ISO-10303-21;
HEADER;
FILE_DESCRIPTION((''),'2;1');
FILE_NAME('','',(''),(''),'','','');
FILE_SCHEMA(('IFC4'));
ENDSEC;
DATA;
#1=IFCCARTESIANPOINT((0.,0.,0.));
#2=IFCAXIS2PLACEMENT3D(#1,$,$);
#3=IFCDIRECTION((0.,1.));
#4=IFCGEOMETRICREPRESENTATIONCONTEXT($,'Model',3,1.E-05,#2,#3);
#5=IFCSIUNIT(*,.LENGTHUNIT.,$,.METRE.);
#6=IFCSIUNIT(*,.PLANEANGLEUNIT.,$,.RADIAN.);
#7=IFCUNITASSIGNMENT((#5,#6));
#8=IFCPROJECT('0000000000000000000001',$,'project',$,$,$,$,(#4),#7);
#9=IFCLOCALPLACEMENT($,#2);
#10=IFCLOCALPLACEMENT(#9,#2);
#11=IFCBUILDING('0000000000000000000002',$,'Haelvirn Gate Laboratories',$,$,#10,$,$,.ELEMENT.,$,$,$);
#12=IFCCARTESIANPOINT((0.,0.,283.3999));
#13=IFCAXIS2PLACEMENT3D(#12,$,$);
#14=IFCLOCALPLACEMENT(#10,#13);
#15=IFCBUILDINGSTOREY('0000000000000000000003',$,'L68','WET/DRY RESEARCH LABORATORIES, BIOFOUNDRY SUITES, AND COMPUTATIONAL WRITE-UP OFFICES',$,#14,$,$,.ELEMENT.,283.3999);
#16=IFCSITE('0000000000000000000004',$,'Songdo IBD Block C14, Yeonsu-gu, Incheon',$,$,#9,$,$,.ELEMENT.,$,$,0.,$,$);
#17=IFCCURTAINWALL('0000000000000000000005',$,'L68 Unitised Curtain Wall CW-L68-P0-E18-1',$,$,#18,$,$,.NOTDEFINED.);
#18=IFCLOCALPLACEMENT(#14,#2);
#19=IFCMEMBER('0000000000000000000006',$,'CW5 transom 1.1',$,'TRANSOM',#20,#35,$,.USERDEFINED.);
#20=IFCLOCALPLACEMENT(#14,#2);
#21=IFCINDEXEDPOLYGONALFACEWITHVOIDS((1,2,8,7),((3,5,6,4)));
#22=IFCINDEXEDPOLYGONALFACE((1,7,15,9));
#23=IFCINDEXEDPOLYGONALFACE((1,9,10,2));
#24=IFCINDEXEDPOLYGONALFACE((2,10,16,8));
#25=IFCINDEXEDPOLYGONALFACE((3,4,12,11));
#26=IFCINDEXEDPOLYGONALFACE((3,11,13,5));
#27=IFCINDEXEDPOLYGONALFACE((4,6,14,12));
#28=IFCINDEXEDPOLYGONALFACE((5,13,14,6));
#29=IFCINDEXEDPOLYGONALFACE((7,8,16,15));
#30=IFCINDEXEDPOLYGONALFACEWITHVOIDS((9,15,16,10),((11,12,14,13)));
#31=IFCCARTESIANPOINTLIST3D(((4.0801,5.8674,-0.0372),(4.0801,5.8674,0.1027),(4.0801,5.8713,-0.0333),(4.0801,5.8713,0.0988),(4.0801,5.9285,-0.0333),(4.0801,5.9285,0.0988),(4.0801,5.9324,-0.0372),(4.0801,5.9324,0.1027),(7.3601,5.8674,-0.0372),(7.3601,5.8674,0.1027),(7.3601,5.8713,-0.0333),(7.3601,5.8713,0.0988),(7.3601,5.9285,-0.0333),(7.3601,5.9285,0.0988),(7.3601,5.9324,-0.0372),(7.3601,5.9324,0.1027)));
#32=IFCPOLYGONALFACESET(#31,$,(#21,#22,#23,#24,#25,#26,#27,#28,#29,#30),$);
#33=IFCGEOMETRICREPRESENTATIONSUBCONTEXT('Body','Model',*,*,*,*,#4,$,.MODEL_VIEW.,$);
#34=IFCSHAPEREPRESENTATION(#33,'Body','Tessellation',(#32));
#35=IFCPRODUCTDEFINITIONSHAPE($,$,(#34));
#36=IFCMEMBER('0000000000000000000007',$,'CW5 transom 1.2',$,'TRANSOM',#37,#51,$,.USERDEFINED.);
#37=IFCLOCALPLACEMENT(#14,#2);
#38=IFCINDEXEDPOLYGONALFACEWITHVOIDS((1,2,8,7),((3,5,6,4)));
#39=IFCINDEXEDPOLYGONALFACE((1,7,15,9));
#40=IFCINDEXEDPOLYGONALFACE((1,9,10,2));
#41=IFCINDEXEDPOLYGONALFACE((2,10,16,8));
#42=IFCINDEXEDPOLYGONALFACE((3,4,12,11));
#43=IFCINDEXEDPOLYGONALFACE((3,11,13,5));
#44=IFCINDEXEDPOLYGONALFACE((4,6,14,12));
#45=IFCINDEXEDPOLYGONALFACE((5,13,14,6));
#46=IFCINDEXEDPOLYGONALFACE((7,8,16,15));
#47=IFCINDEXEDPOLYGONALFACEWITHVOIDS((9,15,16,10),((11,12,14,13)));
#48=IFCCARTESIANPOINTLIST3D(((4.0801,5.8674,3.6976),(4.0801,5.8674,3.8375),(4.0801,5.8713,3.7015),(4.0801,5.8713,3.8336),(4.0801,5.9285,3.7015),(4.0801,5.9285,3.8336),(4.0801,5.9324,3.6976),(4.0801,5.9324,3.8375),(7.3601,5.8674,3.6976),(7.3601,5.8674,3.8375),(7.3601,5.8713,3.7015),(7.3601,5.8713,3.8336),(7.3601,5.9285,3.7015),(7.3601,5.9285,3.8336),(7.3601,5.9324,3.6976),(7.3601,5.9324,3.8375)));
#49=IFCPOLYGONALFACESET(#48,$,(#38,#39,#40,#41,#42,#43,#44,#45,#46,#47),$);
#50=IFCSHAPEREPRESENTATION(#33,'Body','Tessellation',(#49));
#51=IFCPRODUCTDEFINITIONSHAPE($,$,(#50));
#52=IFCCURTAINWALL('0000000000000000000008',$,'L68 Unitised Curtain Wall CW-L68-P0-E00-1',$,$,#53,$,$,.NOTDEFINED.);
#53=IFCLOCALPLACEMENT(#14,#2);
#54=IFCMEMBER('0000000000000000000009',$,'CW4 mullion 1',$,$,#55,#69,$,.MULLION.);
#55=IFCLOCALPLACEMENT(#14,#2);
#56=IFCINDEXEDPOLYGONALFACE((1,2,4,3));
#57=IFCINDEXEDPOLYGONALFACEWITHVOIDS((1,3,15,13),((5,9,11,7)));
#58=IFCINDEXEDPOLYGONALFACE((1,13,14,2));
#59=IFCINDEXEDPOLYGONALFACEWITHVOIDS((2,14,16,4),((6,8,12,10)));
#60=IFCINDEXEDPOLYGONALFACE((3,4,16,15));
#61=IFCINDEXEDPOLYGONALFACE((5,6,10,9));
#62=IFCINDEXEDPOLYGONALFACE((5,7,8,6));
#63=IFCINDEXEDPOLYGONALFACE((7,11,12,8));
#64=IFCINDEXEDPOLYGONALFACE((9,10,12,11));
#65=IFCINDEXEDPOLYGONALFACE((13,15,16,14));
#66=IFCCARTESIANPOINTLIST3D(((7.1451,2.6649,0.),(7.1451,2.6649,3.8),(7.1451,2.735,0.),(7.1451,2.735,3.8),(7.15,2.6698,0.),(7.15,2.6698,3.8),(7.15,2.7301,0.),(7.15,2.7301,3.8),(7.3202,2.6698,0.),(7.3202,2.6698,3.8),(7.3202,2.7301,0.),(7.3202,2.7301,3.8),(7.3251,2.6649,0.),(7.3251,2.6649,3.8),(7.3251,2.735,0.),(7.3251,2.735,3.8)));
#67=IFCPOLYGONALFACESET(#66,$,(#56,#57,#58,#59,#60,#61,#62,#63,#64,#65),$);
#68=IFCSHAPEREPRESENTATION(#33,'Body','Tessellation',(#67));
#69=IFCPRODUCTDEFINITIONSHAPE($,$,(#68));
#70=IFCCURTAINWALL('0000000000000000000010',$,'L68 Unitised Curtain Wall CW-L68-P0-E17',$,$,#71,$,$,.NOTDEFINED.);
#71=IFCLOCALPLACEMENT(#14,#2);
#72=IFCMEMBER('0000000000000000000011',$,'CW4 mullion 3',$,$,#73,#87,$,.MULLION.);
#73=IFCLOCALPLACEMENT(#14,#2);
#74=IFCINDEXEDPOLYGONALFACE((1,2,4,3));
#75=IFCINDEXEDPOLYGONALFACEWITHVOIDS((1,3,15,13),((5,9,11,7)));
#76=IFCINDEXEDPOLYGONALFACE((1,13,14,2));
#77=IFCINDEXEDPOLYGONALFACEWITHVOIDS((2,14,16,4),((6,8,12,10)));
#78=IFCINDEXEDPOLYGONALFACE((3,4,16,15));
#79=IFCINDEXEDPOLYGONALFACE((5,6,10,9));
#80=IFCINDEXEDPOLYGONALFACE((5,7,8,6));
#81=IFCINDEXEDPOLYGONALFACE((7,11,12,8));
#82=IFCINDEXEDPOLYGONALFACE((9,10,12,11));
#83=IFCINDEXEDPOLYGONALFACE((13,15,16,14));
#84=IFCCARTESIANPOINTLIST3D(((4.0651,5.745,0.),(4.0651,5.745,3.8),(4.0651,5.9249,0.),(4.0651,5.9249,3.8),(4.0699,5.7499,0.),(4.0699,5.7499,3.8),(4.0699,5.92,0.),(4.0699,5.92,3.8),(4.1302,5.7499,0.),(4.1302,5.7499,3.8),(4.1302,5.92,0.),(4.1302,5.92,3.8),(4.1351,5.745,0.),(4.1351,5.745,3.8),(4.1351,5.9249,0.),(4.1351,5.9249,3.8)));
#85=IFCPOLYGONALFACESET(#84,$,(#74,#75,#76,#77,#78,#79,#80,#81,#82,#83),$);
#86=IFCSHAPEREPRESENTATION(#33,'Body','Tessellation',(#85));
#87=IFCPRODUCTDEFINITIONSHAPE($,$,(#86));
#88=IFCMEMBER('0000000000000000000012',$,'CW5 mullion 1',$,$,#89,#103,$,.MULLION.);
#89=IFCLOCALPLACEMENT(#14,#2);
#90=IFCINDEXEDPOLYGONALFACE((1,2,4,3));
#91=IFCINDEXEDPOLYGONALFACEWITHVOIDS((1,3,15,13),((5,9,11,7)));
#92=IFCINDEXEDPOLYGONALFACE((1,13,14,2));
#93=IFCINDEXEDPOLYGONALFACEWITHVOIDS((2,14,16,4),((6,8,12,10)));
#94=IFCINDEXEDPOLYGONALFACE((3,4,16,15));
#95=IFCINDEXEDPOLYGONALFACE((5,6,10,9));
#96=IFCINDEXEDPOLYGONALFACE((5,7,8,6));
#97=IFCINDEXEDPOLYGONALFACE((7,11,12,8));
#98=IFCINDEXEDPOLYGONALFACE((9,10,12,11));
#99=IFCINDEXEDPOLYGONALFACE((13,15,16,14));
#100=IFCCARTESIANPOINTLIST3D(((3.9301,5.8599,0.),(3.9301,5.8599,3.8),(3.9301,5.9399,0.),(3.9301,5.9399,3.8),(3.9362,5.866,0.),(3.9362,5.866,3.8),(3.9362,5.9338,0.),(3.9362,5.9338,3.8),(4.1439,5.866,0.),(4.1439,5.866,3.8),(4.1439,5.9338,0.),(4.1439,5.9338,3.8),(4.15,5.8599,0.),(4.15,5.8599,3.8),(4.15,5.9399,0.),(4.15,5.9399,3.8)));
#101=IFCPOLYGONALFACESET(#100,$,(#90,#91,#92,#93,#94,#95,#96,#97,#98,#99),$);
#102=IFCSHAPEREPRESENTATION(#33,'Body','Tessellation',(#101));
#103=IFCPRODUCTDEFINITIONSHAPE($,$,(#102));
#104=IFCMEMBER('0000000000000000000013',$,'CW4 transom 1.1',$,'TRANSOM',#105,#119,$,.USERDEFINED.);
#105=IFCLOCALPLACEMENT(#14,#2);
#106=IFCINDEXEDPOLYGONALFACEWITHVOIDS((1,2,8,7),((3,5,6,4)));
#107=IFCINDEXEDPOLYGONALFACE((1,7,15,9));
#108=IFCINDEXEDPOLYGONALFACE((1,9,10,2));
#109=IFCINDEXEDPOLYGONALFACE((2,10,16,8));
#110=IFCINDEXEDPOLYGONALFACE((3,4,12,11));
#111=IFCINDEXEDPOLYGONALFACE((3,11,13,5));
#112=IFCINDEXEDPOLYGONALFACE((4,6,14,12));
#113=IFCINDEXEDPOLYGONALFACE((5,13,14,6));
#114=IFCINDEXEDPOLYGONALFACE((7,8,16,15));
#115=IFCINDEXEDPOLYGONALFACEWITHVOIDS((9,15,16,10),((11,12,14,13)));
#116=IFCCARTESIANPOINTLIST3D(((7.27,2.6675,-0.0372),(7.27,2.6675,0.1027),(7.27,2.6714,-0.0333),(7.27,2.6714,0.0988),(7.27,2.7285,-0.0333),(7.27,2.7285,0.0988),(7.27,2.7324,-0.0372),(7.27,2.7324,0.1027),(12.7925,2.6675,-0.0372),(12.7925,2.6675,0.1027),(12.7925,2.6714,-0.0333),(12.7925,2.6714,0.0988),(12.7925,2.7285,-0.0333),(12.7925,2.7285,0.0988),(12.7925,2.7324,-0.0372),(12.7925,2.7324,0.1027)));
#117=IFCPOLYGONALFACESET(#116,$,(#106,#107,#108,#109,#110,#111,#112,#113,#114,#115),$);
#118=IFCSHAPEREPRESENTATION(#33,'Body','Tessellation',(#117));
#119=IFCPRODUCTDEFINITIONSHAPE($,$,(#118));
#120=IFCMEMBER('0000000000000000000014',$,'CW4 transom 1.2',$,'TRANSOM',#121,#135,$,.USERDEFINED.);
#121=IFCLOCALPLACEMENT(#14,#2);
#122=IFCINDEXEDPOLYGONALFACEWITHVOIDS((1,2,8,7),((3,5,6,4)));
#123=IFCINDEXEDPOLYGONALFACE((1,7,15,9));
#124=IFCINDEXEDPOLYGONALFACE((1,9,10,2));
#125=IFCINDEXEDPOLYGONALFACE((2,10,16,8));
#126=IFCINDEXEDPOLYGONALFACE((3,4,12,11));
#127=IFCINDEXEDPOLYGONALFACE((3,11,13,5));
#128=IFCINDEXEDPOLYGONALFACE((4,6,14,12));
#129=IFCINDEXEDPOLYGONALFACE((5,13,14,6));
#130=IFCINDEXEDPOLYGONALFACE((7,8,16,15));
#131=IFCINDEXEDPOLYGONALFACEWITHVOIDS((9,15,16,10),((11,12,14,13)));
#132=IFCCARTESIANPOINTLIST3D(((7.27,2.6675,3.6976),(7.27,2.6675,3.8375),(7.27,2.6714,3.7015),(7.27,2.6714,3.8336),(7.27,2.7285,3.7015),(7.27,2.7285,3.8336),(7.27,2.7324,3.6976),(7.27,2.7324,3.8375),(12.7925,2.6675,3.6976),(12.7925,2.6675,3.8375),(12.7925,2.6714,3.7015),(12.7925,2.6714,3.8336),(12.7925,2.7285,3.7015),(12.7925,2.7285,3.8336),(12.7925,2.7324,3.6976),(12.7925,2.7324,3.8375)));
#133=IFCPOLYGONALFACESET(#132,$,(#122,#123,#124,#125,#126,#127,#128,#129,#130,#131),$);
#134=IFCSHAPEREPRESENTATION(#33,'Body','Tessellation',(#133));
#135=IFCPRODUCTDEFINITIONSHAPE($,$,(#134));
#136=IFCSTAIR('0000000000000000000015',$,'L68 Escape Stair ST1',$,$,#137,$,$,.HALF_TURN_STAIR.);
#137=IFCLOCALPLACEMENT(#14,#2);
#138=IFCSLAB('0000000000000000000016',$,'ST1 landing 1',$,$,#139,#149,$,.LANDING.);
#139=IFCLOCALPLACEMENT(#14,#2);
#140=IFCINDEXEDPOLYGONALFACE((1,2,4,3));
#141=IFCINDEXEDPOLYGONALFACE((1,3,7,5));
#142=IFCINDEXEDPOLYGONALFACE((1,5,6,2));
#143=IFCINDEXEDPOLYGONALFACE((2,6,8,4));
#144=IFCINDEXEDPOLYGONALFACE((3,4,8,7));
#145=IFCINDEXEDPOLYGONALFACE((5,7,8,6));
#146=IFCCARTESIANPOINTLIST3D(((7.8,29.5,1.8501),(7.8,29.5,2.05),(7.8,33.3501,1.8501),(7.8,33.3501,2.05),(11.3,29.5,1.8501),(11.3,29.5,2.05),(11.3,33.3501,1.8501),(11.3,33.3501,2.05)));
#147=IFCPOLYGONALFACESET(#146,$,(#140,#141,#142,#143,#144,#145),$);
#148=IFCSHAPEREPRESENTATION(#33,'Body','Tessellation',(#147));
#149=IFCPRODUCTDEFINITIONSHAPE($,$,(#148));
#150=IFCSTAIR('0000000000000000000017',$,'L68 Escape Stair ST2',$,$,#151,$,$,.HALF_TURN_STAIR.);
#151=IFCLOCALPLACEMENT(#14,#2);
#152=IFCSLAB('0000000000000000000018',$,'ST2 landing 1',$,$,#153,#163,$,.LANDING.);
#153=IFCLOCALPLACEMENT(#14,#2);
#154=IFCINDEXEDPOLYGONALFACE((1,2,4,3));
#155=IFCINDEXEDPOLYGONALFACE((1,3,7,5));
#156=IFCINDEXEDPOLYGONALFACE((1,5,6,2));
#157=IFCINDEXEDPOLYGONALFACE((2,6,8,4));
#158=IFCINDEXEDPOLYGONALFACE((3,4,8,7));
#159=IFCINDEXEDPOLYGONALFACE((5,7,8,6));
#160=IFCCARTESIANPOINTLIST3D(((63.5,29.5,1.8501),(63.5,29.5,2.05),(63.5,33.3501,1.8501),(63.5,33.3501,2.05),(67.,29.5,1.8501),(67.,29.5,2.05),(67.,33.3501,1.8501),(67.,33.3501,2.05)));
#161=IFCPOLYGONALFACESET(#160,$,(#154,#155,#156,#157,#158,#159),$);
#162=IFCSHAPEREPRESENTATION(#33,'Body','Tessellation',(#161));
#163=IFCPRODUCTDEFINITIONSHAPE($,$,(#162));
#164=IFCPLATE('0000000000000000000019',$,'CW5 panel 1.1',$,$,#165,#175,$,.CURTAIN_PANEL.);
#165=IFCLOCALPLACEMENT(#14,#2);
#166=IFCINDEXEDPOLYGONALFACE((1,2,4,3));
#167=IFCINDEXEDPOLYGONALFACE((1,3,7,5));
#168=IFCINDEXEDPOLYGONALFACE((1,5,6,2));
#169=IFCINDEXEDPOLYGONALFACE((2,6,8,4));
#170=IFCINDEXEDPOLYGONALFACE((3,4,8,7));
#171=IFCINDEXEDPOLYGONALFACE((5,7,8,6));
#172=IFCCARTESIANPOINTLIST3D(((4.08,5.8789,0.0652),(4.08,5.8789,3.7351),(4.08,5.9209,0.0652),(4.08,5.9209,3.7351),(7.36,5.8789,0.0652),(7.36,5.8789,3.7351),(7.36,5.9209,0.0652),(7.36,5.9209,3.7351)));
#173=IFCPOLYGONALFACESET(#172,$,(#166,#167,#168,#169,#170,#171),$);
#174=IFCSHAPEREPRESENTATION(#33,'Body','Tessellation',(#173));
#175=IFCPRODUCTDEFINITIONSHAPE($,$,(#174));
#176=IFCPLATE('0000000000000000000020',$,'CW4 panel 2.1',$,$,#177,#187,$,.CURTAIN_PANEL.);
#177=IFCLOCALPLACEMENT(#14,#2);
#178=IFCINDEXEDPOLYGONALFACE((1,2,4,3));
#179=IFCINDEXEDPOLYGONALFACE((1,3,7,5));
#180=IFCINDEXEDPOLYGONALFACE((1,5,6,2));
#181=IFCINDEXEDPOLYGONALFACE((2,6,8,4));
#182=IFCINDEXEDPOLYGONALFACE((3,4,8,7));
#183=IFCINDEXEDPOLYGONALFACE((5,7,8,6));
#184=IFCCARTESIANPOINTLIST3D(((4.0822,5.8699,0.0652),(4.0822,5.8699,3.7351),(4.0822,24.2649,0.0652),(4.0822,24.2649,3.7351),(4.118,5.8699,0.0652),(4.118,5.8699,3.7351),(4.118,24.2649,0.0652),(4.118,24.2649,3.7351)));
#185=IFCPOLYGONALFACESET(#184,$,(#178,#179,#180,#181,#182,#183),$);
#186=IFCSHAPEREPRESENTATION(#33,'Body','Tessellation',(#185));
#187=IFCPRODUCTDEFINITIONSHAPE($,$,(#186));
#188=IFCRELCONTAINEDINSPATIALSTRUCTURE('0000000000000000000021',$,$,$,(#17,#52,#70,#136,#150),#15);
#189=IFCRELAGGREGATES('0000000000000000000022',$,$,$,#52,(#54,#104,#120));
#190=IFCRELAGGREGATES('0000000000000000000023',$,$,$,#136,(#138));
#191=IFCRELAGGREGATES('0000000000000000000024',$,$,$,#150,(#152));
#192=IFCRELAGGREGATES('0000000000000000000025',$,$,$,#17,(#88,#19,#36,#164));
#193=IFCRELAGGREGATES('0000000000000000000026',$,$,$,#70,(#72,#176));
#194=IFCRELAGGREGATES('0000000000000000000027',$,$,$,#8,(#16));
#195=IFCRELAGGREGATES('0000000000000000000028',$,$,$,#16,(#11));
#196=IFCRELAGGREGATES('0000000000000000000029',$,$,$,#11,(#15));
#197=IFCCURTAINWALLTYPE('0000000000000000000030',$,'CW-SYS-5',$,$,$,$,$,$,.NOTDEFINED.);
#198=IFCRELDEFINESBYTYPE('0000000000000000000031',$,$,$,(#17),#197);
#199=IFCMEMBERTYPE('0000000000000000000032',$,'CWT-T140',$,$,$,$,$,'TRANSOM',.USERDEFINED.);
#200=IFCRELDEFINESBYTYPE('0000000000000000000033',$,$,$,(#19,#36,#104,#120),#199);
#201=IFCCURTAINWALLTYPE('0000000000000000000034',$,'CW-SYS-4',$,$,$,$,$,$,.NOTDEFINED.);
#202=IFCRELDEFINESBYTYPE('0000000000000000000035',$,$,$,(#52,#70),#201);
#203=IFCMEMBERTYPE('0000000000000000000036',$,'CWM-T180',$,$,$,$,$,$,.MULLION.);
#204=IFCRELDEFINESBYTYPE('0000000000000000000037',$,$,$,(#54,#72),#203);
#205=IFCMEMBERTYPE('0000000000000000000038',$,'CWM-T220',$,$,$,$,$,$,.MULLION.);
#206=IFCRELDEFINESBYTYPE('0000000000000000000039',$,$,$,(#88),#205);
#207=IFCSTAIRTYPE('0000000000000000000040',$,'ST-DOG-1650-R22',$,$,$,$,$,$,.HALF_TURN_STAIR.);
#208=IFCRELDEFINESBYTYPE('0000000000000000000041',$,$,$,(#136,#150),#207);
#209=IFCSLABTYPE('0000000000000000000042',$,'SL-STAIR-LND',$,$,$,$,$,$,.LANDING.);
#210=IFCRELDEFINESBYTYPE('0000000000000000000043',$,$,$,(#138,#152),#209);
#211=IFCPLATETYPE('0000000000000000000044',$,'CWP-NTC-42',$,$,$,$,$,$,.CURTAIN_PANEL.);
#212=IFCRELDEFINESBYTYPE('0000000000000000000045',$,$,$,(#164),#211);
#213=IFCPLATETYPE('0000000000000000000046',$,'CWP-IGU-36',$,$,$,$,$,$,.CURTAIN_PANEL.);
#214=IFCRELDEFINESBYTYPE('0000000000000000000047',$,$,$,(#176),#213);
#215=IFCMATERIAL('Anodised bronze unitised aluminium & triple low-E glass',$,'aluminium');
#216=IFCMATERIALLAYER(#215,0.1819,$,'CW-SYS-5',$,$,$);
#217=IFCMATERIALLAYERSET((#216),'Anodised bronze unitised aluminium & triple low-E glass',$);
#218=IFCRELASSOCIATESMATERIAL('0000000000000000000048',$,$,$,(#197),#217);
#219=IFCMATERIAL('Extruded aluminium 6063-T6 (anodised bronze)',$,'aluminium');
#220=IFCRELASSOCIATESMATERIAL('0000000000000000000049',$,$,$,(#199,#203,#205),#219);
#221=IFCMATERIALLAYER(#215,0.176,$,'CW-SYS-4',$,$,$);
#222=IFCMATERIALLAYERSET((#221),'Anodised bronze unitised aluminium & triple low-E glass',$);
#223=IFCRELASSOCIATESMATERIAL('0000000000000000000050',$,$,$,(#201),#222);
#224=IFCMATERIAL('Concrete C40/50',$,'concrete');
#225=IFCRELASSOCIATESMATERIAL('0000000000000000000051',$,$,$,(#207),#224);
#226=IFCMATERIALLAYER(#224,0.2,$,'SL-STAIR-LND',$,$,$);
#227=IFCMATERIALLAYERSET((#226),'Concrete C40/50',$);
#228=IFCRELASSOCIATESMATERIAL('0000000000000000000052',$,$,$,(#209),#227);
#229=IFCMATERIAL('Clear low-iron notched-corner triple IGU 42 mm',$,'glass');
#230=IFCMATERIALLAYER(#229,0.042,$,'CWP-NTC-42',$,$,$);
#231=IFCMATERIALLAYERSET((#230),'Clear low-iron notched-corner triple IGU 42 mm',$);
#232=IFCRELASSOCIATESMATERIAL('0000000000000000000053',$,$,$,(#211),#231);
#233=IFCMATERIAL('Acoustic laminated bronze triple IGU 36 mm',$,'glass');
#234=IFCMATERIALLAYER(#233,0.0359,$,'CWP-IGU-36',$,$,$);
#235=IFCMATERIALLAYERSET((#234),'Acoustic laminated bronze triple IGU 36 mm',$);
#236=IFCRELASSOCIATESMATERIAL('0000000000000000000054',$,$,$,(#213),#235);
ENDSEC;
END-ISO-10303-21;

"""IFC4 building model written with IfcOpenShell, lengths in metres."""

from ifc_helpers import new_model, si_unit, direction, frame, origin, origin_2d, place, context, subcontext, project, spatial, polyline, rectangle, hollow_rectangle, outline, extrude, source, transform, mapped, material, layer, layer_set, material_profile, profile_set, type_object, type_shapes, element, aggregate, save


model = new_model("IFC4")

# Units and contexts
model_context = context("Model", 3, precision=1e-05, world=origin(), true_north=direction((0.0, 1.0)))
body_context = subcontext(model_context, "Body", "Model", "MODEL_VIEW")
ifc_project = project(units=[si_unit("LENGTHUNIT", "METRE"), si_unit("PLANEANGLEUNIT", "RADIAN")], contexts=[model_context])

# Site, building, storey
site_placement = place(None, origin())
site = spatial("IfcSite", under=ifc_project, at=site_placement, Name="Songdo IBD Block C14, Yeonsu-gu, Incheon", CompositionType="ELEMENT", RefElevation=0.0)
building_placement = place(site_placement, origin())
building = spatial("IfcBuilding", under=site, at=building_placement, Name="Haelvirn Gate Laboratories", CompositionType="ELEMENT")
storey_placement = place(building_placement, frame((0.0, 0.0, 283.3999)))
storey = spatial("IfcBuildingStorey", under=building, at=storey_placement, Name="L68", Description="WET/DRY RESEARCH LABORATORIES, BIOFOUNDRY SUITES, AND COMPUTATIONAL WRITE-UP OFFICES", CompositionType="ELEMENT", Elevation=283.3999)

# Curtain wall, members
ifc_material_1 = material(Name="Anodised bronze unitised aluminium & triple low-E glass", Category="aluminium")
ifc_layer_1 = layer(ifc_material_1, 0.1819, Name="CW-SYS-5")
ifc_layer_set_1 = layer_set([ifc_layer_1], Name="Anodised bronze unitised aluminium & triple low-E glass")
curtain_wall_type_1 = type_object("IfcCurtainWallType", Name="CW-SYS-5", PredefinedType="NOTDEFINED", material=ifc_layer_set_1)
curtain_wall_1_placement = place(storey_placement, origin())
curtain_wall_1 = element("IfcCurtainWall", 1, at=curtain_wall_1_placement, inside=storey, type_object=curtain_wall_type_1, Name="L68 Unitised Curtain Wall CW-L68-P0-E18-1", PredefinedType="NOTDEFINED")
ifc_material_2 = material(Name="Extruded aluminium 6063-T6 (anodised bronze)", Category="aluminium")
ifc_material_profile_1 = material_profile(ifc_material_2, hollow_rectangle(XDim=0.0649, YDim=0.1399, WallThickness=0.0039, at=origin_2d()), Name="CWT-140x65x4")
ifc_profile_set_1 = profile_set([ifc_material_profile_1], Name="Extruded aluminium 6063-T6 (anodised bronze)")
member_type_1 = type_object("IfcMemberType", Name="CWT-T140", ElementType="TRANSOM", PredefinedType="USERDEFINED", material=ifc_profile_set_1)
shared_shape_1 = source(origin(), body_context, "Body", "SweptSolid", [
    extrude(hollow_rectangle(XDim=0.0649, YDim=0.1399, WallThickness=0.0039, at=origin_2d()), origin(), (0.0, 0.0, 1.0), 3.28),
])
member_1_placement = place(storey_placement, frame((4.0801, 5.8999, 0.0327), z_axis=(1.0, 0.0, 0.0), x_axis=(0.0, 1.0, 0.0)))
member_1 = element("IfcMember", 2, at=member_1_placement, type_object=member_type_1, Name="CW5 transom 1.1", ObjectType="TRANSOM", PredefinedType="USERDEFINED", context=body_context, shape_type="MappedRepresentation", body=[
    mapped(shared_shape_1, transform((0.0, 0.0, 0.0), scale=1.0)),
])
member_2_placement = place(storey_placement, frame((4.0801, 5.8999, 3.7676), z_axis=(1.0, 0.0, 0.0), x_axis=(0.0, 1.0, 0.0)))
member_2 = element("IfcMember", 3, at=member_2_placement, type_object=member_type_1, Name="CW5 transom 1.2", ObjectType="TRANSOM", PredefinedType="USERDEFINED", context=body_context, shape_type="MappedRepresentation", body=[
    mapped(shared_shape_1, transform((0.0, 0.0, 0.0), scale=1.0)),
])

# Curtain walls, members
ifc_layer_2 = layer(ifc_material_1, 0.176, Name="CW-SYS-4")
ifc_layer_set_2 = layer_set([ifc_layer_2], Name="Anodised bronze unitised aluminium & triple low-E glass")
curtain_wall_type_2 = type_object("IfcCurtainWallType", Name="CW-SYS-4", PredefinedType="NOTDEFINED", material=ifc_layer_set_2)
curtain_wall_2_placement = place(storey_placement, origin())
curtain_wall_2 = element("IfcCurtainWall", 4, at=curtain_wall_2_placement, inside=storey, type_object=curtain_wall_type_2, Name="L68 Unitised Curtain Wall CW-L68-P0-E00-1", PredefinedType="NOTDEFINED")
ifc_material_profile_2 = material_profile(ifc_material_2, hollow_rectangle(XDim=0.0701, YDim=0.1799, WallThickness=0.0049, at=origin_2d()), Name="CWM-180x70x5")
ifc_profile_set_2 = profile_set([ifc_material_profile_2], Name="Extruded aluminium 6063-T6 (anodised bronze)")
member_type_2 = type_object("IfcMemberType", Name="CWM-T180", PredefinedType="MULLION", material=ifc_profile_set_2)
shared_shape_2 = source(origin(), body_context, "Body", "SweptSolid", [
    extrude(hollow_rectangle(XDim=0.0701, YDim=0.1799, WallThickness=0.0049, at=origin_2d()), origin(), (0.0, 0.0, 1.0), 3.8),
])
type_shapes(member_type_2, [shared_shape_2])
member_3_placement = place(storey_placement, frame((7.2351, 2.7, 0.0), z_axis=(0.0, 0.0, 1.0), x_axis=(0.0, 1.0, 0.0)))
member_3 = element("IfcMember", 5, at=member_3_placement, type_object=member_type_2, Name="CW4 mullion 1", PredefinedType="MULLION", context=body_context, shape_type="MappedRepresentation", body=[
    mapped(shared_shape_2, transform((0.0, 0.0, 0.0), scale=1.0)),
])
curtain_wall_3_placement = place(storey_placement, origin())
curtain_wall_3 = element("IfcCurtainWall", 6, at=curtain_wall_3_placement, inside=storey, type_object=curtain_wall_type_2, Name="L68 Unitised Curtain Wall CW-L68-P0-E17", PredefinedType="NOTDEFINED")
member_4_placement = place(storey_placement, frame((4.1001, 5.835, 0.0), z_axis=(0.0, 0.0, 1.0), x_axis=(1.0, 0.0, 0.0)))
member_4 = element("IfcMember", 7, at=member_4_placement, type_object=member_type_2, Name="CW4 mullion 3", PredefinedType="MULLION", context=body_context, shape_type="MappedRepresentation", body=[
    mapped(shared_shape_2, transform((0.0, 0.0, 0.0), scale=1.0)),
])

# Members
ifc_material_profile_3 = material_profile(ifc_material_2, hollow_rectangle(XDim=0.0801, YDim=0.22, WallThickness=0.0061, at=origin_2d()), Name="CWM-220x80x6")
ifc_profile_set_3 = profile_set([ifc_material_profile_3], Name="Extruded aluminium 6063-T6 (anodised bronze)")
member_type_3 = type_object("IfcMemberType", Name="CWM-T220", PredefinedType="MULLION", material=ifc_profile_set_3)
shared_shape_3 = source(origin(), body_context, "Body", "SweptSolid", [
    extrude(hollow_rectangle(XDim=0.0801, YDim=0.22, WallThickness=0.0061, at=origin_2d()), origin(), (0.0, 0.0, 1.0), 3.8),
])
type_shapes(member_type_3, [shared_shape_3])
member_5_placement = place(storey_placement, frame((4.04, 5.8999, 0.0), z_axis=(0.0, 0.0, 1.0), x_axis=(0.0, 1.0, 0.0)))
member_5 = element("IfcMember", 8, at=member_5_placement, type_object=member_type_3, Name="CW5 mullion 1", PredefinedType="MULLION", context=body_context, shape_type="MappedRepresentation", body=[
    mapped(shared_shape_3, transform((0.0, 0.0, 0.0), scale=1.0)),
])
shared_shape_4 = source(origin(), body_context, "Body", "SweptSolid", [
    extrude(hollow_rectangle(XDim=0.0649, YDim=0.1399, WallThickness=0.0039, at=origin_2d()), origin(), (0.0, 0.0, 1.0), 5.5225),
])
type_shapes(member_type_1, [shared_shape_1, shared_shape_4])
member_6_placement = place(storey_placement, frame((7.27, 2.7, 0.0327), z_axis=(1.0, 0.0, 0.0), x_axis=(0.0, 1.0, 0.0)))
member_6 = element("IfcMember", 9, at=member_6_placement, type_object=member_type_1, Name="CW4 transom 1.1", ObjectType="TRANSOM", PredefinedType="USERDEFINED", context=body_context, shape_type="MappedRepresentation", body=[
    mapped(shared_shape_4, transform((0.0, 0.0, 0.0), scale=1.0)),
])
member_7_placement = place(storey_placement, frame((7.27, 2.7, 3.7676), z_axis=(1.0, 0.0, 0.0), x_axis=(0.0, 1.0, 0.0)))
member_7 = element("IfcMember", 10, at=member_7_placement, type_object=member_type_1, Name="CW4 transom 1.2", ObjectType="TRANSOM", PredefinedType="USERDEFINED", context=body_context, shape_type="MappedRepresentation", body=[
    mapped(shared_shape_4, transform((0.0, 0.0, 0.0), scale=1.0)),
])
aggregate(curtain_wall_2, [member_3, member_6, member_7])

# Stairs, slabs
ifc_material_3 = material(Name="Concrete C40/50", Category="concrete")
stair_type = type_object("IfcStairType", Name="ST-DOG-1650-R22", PredefinedType="HALF_TURN_STAIR", material=ifc_material_3)
stair_1_placement = place(storey_placement, origin())
stair_1 = element("IfcStair", 11, at=stair_1_placement, inside=storey, type_object=stair_type, Name="L68 Escape Stair ST1", PredefinedType="HALF_TURN_STAIR")
ifc_layer_3 = layer(ifc_material_3, 0.2, Name="SL-STAIR-LND")
ifc_layer_set_3 = layer_set([ifc_layer_3], Name="Concrete C40/50")
slab_type = type_object("IfcSlabType", Name="SL-STAIR-LND", PredefinedType="LANDING", material=ifc_layer_set_3)
slab_1_placement = place(storey_placement, frame((0.0, 0.0, 1.8501)))
slab_1 = element("IfcSlab", 12, at=slab_1_placement, type_object=slab_type, Name="ST1 landing 1", PredefinedType="LANDING", context=body_context, shape_type="SweptSolid", body=[
    extrude(outline(polyline([(11.3, 29.5), (11.3, 33.3501), (7.8, 33.3501), (7.8, 29.5), (11.3, 29.5)])), origin(), (0.0, 0.0, 1.0), 0.2),
])
aggregate(stair_1, [slab_1])
stair_2_placement = place(storey_placement, origin())
stair_2 = element("IfcStair", 13, at=stair_2_placement, inside=storey, type_object=stair_type, Name="L68 Escape Stair ST2", PredefinedType="HALF_TURN_STAIR")
slab_2_placement = place(storey_placement, frame((0.0, 0.0, 1.8501)))
slab_2 = element("IfcSlab", 14, at=slab_2_placement, type_object=slab_type, Name="ST2 landing 1", PredefinedType="LANDING", context=body_context, shape_type="SweptSolid", body=[
    extrude(outline(polyline([(67.0, 29.5), (67.0, 33.3501), (63.5, 33.3501), (63.5, 29.5), (67.0, 29.5)])), origin(), (0.0, 0.0, 1.0), 0.2),
])
aggregate(stair_2, [slab_2])

# Plates
ifc_material_4 = material(Name="Clear low-iron notched-corner triple IGU 42 mm", Category="glass")
ifc_layer_4 = layer(ifc_material_4, 0.042, Name="CWP-NTC-42")
ifc_layer_set_4 = layer_set([ifc_layer_4], Name="Clear low-iron notched-corner triple IGU 42 mm")
plate_type_1 = type_object("IfcPlateType", Name="CWP-NTC-42", PredefinedType="CURTAIN_PANEL", material=ifc_layer_set_4)
shared_shape_5 = source(origin(), body_context, "Body", "SweptSolid", [
    extrude(rectangle(XDim=3.28, YDim=0.042, at=origin_2d()), origin(), (0.0, 0.0, 1.0), 3.6699),
])
type_shapes(plate_type_1, [shared_shape_5])
plate_1_placement = place(storey_placement, frame((5.72, 5.8999, 0.0652), z_axis=(0.0, 0.0, 1.0), x_axis=(1.0, 0.0, 0.0)))
plate_1 = element("IfcPlate", 15, at=plate_1_placement, type_object=plate_type_1, Name="CW5 panel 1.1", PredefinedType="CURTAIN_PANEL", context=body_context, shape_type="MappedRepresentation", body=[
    mapped(shared_shape_5, transform((0.0, 0.0, 0.0), scale=1.0)),
])
aggregate(curtain_wall_1, [member_5, member_1, member_2, plate_1])
ifc_material_5 = material(Name="Acoustic laminated bronze triple IGU 36 mm", Category="glass")
ifc_layer_5 = layer(ifc_material_5, 0.0359, Name="CWP-IGU-36")
ifc_layer_set_5 = layer_set([ifc_layer_5], Name="Acoustic laminated bronze triple IGU 36 mm")
plate_type_2 = type_object("IfcPlateType", Name="CWP-IGU-36", PredefinedType="CURTAIN_PANEL", material=ifc_layer_set_5)
shared_shape_6 = source(origin(), body_context, "Body", "SweptSolid", [
    extrude(rectangle(XDim=18.395, YDim=0.0359, at=origin_2d()), origin(), (0.0, 0.0, 1.0), 3.6699),
])
type_shapes(plate_type_2, [shared_shape_6])
plate_2_placement = place(storey_placement, frame((4.1001, 15.0674, 0.0652), z_axis=(0.0, 0.0, 1.0), x_axis=(0.0, -1.0, 0.0)))
plate_2 = element("IfcPlate", 16, at=plate_2_placement, type_object=plate_type_2, Name="CW4 panel 2.1", PredefinedType="CURTAIN_PANEL", context=body_context, shape_type="MappedRepresentation", body=[
    mapped(shared_shape_6, transform((0.0, 0.0, 0.0), scale=1.0)),
])
aggregate(curtain_wall_3, [member_4, plate_2])

save(model, "model.ifc")
